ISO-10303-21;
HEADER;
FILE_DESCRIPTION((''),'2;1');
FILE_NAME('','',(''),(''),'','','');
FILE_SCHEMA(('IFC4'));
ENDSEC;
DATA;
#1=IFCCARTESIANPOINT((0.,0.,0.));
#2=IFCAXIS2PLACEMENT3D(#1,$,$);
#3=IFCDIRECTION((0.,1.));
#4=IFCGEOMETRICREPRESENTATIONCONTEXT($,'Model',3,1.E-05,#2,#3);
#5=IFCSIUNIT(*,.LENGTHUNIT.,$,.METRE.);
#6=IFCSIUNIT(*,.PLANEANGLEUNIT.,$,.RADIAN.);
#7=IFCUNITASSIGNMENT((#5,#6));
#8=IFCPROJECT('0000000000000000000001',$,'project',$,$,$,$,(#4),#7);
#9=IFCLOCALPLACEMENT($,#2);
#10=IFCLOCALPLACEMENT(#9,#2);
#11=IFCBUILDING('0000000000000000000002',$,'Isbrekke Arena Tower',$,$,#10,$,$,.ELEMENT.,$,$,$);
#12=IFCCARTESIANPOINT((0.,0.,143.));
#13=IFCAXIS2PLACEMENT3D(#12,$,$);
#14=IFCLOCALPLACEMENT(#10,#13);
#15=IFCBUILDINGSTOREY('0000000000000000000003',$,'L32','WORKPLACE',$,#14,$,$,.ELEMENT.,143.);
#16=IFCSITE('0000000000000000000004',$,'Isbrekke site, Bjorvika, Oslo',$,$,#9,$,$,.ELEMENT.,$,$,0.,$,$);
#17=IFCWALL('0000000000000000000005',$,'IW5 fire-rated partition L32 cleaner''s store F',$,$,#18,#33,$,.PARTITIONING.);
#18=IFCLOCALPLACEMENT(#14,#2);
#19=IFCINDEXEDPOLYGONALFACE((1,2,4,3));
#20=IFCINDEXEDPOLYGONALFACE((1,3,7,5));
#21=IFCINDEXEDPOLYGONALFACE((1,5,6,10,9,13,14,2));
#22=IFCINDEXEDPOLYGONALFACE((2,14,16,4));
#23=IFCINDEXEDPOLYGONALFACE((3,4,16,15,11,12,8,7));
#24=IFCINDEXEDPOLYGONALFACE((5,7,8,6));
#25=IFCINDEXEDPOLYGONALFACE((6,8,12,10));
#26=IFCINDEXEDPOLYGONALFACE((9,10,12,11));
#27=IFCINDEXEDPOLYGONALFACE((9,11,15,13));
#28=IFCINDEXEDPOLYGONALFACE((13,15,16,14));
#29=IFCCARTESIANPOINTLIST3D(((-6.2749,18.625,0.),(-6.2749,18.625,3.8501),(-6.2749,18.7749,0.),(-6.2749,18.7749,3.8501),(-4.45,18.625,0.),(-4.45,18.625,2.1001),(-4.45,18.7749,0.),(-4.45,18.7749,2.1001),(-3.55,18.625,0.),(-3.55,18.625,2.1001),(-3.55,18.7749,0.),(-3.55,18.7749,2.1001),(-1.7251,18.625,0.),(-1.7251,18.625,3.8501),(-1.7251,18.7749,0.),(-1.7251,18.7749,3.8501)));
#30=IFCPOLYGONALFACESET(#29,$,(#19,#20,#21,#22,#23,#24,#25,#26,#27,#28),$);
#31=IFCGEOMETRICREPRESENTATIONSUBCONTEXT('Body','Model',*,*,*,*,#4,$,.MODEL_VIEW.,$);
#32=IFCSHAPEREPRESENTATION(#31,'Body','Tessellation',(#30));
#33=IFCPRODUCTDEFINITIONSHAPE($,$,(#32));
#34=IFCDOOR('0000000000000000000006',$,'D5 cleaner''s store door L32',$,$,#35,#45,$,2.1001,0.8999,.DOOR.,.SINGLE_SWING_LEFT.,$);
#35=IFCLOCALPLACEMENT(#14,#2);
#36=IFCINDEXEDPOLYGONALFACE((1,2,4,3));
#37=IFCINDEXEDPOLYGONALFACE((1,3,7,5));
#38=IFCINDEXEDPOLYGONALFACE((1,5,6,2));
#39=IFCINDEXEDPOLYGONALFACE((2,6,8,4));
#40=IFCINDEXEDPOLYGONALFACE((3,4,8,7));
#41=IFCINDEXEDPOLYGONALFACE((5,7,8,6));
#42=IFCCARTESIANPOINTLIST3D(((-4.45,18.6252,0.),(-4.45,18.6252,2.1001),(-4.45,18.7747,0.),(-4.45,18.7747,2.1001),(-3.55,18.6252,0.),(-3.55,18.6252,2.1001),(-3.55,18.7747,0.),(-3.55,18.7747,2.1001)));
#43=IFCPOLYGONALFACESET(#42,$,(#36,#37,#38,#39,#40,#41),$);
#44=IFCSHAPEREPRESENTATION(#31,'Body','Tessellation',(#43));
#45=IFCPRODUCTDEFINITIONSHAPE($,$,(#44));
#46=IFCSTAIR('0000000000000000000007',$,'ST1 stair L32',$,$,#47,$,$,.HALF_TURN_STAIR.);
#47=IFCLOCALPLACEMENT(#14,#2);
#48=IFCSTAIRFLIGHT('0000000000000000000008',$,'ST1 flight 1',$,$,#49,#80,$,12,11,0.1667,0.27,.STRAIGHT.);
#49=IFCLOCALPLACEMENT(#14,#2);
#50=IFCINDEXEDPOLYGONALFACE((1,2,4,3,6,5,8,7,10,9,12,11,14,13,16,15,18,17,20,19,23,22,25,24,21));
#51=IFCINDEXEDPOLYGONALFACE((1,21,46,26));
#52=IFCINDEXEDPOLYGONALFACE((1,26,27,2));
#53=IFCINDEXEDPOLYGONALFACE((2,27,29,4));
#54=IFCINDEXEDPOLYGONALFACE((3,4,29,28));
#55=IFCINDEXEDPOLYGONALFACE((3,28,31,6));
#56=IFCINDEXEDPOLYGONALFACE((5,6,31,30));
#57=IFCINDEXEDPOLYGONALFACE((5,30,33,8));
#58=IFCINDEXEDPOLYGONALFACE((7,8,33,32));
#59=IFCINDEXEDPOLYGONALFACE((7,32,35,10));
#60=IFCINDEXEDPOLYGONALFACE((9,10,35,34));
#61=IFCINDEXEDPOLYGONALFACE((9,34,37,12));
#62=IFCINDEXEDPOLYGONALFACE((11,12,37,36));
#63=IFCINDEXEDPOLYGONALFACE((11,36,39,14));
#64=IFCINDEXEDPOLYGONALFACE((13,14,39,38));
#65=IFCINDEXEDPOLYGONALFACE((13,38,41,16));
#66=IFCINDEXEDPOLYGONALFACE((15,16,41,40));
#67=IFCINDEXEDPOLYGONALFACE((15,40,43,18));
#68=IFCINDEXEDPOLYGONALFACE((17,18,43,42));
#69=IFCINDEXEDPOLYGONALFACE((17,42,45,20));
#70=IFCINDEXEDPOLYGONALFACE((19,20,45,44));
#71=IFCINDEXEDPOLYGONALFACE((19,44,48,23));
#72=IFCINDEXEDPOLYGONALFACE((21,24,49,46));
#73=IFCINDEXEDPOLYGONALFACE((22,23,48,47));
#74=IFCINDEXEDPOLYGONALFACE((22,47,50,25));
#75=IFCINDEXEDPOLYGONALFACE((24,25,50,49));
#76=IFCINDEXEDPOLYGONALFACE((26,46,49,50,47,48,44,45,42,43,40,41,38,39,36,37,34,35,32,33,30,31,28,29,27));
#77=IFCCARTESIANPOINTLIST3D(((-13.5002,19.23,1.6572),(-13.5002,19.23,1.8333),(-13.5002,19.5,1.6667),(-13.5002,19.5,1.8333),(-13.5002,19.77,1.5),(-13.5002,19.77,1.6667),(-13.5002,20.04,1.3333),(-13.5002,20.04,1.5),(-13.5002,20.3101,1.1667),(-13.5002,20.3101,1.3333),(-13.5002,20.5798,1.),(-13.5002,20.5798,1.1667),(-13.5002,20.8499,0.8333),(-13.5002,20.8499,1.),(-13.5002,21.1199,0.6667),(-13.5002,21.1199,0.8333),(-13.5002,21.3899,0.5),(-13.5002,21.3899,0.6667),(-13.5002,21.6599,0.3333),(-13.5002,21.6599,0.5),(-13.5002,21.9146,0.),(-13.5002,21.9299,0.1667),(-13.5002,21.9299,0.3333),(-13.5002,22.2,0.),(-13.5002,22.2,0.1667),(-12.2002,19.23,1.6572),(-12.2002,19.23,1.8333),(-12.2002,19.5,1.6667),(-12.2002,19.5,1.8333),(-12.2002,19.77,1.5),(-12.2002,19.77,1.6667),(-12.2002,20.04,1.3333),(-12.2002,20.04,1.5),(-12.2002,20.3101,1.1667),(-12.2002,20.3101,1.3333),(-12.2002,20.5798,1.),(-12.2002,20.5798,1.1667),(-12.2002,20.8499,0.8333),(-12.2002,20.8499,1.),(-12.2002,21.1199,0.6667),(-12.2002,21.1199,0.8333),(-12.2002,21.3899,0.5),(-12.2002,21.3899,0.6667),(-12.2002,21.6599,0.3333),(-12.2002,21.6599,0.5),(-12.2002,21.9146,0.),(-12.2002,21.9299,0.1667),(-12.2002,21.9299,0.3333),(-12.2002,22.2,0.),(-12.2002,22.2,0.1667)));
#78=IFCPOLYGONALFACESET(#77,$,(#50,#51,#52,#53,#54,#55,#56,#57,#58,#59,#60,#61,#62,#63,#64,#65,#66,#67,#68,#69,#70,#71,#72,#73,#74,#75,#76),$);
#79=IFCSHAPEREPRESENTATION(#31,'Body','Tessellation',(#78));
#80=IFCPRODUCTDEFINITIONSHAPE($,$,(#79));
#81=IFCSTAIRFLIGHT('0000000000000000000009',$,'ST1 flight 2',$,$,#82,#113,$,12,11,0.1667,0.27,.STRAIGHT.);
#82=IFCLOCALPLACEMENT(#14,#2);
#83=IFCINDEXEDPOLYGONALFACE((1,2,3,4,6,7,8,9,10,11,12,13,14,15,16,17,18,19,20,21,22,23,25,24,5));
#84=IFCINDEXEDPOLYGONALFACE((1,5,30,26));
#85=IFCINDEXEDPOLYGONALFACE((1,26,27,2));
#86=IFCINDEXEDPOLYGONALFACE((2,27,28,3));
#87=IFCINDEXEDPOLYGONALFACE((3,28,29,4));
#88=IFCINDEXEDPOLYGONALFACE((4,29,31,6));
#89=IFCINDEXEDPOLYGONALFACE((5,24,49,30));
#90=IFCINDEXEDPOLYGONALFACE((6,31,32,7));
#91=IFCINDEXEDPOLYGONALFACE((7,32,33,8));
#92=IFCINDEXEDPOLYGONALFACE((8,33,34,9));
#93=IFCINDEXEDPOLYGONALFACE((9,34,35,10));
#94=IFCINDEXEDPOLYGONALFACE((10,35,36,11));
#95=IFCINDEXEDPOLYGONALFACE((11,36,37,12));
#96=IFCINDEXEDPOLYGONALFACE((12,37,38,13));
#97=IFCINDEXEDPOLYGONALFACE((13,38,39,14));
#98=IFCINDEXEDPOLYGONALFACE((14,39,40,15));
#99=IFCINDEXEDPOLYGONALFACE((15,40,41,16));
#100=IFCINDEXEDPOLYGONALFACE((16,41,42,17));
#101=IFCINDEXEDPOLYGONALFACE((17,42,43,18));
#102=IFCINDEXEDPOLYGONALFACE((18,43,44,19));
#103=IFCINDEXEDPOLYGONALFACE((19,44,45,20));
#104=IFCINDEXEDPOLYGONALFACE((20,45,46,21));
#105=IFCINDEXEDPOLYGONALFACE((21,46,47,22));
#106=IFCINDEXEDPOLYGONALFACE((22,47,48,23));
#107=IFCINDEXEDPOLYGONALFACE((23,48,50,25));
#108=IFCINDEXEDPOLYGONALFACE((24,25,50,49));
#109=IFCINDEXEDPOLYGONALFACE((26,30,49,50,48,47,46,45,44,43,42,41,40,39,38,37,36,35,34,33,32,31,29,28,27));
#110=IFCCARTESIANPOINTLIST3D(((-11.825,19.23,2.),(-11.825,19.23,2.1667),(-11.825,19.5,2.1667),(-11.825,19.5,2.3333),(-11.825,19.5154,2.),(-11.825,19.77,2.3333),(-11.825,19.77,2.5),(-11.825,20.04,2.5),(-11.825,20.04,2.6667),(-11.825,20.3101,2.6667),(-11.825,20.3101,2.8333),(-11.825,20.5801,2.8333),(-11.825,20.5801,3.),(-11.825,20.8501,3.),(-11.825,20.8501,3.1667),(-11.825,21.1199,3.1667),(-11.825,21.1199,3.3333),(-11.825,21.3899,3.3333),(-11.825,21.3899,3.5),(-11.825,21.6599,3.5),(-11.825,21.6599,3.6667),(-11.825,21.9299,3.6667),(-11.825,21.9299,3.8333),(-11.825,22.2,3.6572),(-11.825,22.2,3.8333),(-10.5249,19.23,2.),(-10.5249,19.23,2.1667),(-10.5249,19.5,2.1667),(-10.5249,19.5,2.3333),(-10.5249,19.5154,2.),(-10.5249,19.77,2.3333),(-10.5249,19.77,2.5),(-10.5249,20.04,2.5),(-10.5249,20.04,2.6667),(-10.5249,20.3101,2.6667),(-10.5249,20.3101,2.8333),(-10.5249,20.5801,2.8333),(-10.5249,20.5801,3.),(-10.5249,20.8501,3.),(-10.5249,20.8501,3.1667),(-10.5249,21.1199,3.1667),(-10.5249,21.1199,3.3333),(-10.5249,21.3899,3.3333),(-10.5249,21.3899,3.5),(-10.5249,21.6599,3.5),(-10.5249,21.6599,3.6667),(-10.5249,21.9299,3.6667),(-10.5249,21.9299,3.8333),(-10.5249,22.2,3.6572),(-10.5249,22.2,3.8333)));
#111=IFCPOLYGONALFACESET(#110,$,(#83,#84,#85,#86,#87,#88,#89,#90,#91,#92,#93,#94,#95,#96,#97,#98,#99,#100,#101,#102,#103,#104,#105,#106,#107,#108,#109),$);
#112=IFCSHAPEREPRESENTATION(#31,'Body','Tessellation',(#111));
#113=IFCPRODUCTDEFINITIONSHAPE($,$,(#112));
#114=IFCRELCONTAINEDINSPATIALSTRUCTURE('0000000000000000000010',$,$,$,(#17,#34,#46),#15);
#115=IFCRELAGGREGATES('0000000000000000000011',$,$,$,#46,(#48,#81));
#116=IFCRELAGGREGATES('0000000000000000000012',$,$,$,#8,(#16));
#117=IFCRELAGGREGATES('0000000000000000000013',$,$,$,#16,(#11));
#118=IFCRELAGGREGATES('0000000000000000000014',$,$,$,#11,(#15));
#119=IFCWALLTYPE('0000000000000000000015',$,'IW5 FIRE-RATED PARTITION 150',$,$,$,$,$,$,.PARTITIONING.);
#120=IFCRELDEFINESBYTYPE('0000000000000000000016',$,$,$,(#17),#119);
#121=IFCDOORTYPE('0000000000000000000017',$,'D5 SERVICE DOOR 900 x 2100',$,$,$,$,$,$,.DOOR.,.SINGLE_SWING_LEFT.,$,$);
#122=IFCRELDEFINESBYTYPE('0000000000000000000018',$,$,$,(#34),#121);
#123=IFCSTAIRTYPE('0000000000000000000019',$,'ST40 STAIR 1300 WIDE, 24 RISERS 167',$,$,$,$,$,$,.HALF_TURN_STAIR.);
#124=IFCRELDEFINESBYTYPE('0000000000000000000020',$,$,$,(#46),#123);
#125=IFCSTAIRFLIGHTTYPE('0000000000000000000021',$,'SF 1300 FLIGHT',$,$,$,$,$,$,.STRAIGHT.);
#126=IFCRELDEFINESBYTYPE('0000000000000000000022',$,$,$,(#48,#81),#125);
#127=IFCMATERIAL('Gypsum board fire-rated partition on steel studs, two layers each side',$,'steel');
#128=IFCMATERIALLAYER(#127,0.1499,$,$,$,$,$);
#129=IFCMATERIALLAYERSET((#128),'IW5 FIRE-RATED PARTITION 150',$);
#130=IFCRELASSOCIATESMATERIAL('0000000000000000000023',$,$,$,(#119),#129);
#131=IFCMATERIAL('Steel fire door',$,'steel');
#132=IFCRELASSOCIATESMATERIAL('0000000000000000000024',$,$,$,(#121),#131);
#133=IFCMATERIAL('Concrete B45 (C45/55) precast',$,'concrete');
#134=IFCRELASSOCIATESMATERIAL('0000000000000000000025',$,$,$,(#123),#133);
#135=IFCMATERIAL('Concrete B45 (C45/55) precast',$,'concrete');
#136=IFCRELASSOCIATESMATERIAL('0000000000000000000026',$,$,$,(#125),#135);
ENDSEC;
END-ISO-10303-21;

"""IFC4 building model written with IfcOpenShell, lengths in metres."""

from ifc_helpers import new_model, si_unit, direction, frame, frame_2d, origin, place, context, subcontext, project, spatial, polyline, rectangle, outline, extrude, material, layer, layer_set, type_object, element, fill, aggregate, save


model = new_model("IFC4")

# Units and contexts
model_context = context("Model", 3, precision=1e-05, world=origin(), true_north=direction((0.0, 1.0)))
body_context = subcontext(model_context, "Body", "Model", "MODEL_VIEW")
ifc_project = project(units=[si_unit("LENGTHUNIT", "METRE"), si_unit("PLANEANGLEUNIT", "RADIAN")], contexts=[model_context])

# Site, building, storey
site_placement = place(None, origin())
site = spatial("IfcSite", under=ifc_project, at=site_placement, Name="Isbrekke site, Bjorvika, Oslo", CompositionType="ELEMENT", RefElevation=0.0)
building_placement = place(site_placement, origin())
building = spatial("IfcBuilding", under=site, at=building_placement, Name="Isbrekke Arena Tower", CompositionType="ELEMENT")
storey_placement = place(building_placement, frame((0.0, 0.0, 143.0)))
storey = spatial("IfcBuildingStorey", under=building, at=storey_placement, Name="L32", Description="WORKPLACE", CompositionType="ELEMENT", Elevation=143.0)

# Wall, opening, door
ifc_material_1 = material(Name="Gypsum board fire-rated partition on steel studs, two layers each side", Category="steel")
ifc_layer_1 = layer(ifc_material_1, 0.1499)
ifc_layer_set_1 = layer_set([ifc_layer_1], Name="IW5 FIRE-RATED PARTITION 150")
wall_type_1 = type_object("IfcWallType", Name="IW5 FIRE-RATED PARTITION 150", PredefinedType="PARTITIONING", material=ifc_layer_set_1)
wall_1_placement = place(storey_placement, frame((-6.2749, 18.7, 0.0), z_axis=(0.0, 0.0, 1.0), x_axis=(1.0, 0.0, 0.0)))
wall_1 = element("IfcWall", 1, at=wall_1_placement, inside=storey, type_object=wall_type_1, Name="IW5 fire-rated partition L32 cleaner's store F", PredefinedType="PARTITIONING", context=body_context, shape_type="SweptSolid", body=[
    extrude(rectangle(XDim=4.5498, YDim=0.1499, at=frame_2d((2.2749, 0.0))), origin(), (0.0, 0.0, 1.0), 3.8501),
])
opening_1_placement = place(wall_1_placement, frame((1.825, 0.0, 0.0)))
opening_1 = element("IfcOpeningElement", 2, at=opening_1_placement, cuts=wall_1, PredefinedType="OPENING", context=body_context, shape_type="SweptSolid", body=[
    extrude(rectangle(XDim=0.8999, YDim=2.1001, at=frame_2d((0.45, 1.05))), frame((0.0, 0.0898, 0.0), z_axis=(0.0, -1.0, 0.0), x_axis=(1.0, 0.0, 0.0)), (0.0, 0.0, 1.0), 0.1797),
])
ifc_material_2 = material(Name="Steel fire door", Category="steel")
door_type_1 = type_object("IfcDoorType", Name="D5 SERVICE DOOR 900 x 2100", OperationType="SINGLE_SWING_LEFT", PredefinedType="DOOR", material=ifc_material_2)
door_1_placement = place(opening_1_placement, origin())
door_1 = element("IfcDoor", 3, at=door_1_placement, inside=storey, type_object=door_type_1, Name="D5 cleaner's store door L32", OperationType="SINGLE_SWING_LEFT", OverallHeight=2.1001, OverallWidth=0.8999, PredefinedType="DOOR", context=body_context, shape_type="SweptSolid", body=[
    extrude(rectangle(XDim=0.8999, YDim=2.1001, at=frame_2d((0.45, 1.05))), frame((0.0, 0.0747, 0.0), z_axis=(0.0, -1.0, 0.0), x_axis=(1.0, 0.0, 0.0)), (0.0, 0.0, 1.0), 0.1494),
])
fill(opening_1, door_1)

# Stair, stair flights
ifc_material_3 = material(Name="Concrete B45 (C45/55) precast", Category="concrete")
stair_type = type_object("IfcStairType", Name="ST40 STAIR 1300 WIDE, 24 RISERS 167", PredefinedType="HALF_TURN_STAIR", material=ifc_material_3)
stair_placement = place(storey_placement, origin())
stair = element("IfcStair", 4, at=stair_placement, inside=storey, type_object=stair_type, Name="ST1 stair L32", PredefinedType="HALF_TURN_STAIR")
ifc_material_4 = material(Name="Concrete B45 (C45/55) precast", Category="concrete")
stair_flight_type = type_object("IfcStairFlightType", Name="SF 1300 FLIGHT", PredefinedType="STRAIGHT", material=ifc_material_4)
stair_flight_1_placement = place(storey_placement, frame((-12.8501, 22.2, 0.0), z_axis=(0.0, 0.0, 1.0), x_axis=(0.0, -1.0, 0.0)))
stair_flight_1 = element("IfcStairFlight", 5, at=stair_flight_1_placement, type_object=stair_flight_type, Name="ST1 flight 1", NumberOfRisers=12, NumberOfTreads=11, PredefinedType="STRAIGHT", RiserHeight=0.1667, TreadLength=0.27, context=body_context, shape_type="SweptSolid", body=[
    extrude(outline(polyline([(0.0, 0.0), (0.0, 0.1667), (0.27, 0.1667), (0.27, 0.3333), (0.54, 0.3333), (0.54, 0.5), (0.8101, 0.5), (0.8101, 0.6667), (1.0801, 0.6667), (1.0801, 0.8333), (1.3501, 0.8333), (1.3501, 1.0), (1.6201, 1.0), (1.6201, 1.1667), (1.8899, 1.1667), (1.8899, 1.3333), (2.1599, 1.3333), (2.1599, 1.5), (2.4299, 1.5), (2.4299, 1.6667), (2.7, 1.6667), (2.7, 1.8333), (2.97, 1.8333), (2.97, 2.0), (2.97, 1.6572), (0.2854, 0.0), (0.0, 0.0)])), frame((0.0, 0.6499, 0.0), z_axis=(0.0, -1.0, 0.0), x_axis=(1.0, 0.0, 0.0)), (0.0, 0.0, 1.0), 1.3),
])
stair_flight_2_placement = place(storey_placement, frame((-11.175, 19.23, 2.0), z_axis=(0.0, 0.0, 1.0), x_axis=(0.0, 1.0, 0.0)))
stair_flight_2 = element("IfcStairFlight", 6, at=stair_flight_2_placement, type_object=stair_flight_type, Name="ST1 flight 2", NumberOfRisers=12, NumberOfTreads=11, PredefinedType="STRAIGHT", RiserHeight=0.1667, TreadLength=0.27, context=body_context, shape_type="SweptSolid", body=[
    extrude(outline(polyline([(0.0, 0.0), (0.0, 0.1667), (0.27, 0.1667), (0.27, 0.3333), (0.54, 0.3333), (0.54, 0.5), (0.8101, 0.5), (0.8101, 0.6667), (1.0801, 0.6667), (1.0801, 0.8333), (1.3501, 0.8333), (1.3501, 1.0), (1.6201, 1.0), (1.6201, 1.1667), (1.8899, 1.1667), (1.8899, 1.3333), (2.1599, 1.3333), (2.1599, 1.5), (2.4299, 1.5), (2.4299, 1.6667), (2.7, 1.6667), (2.7, 1.8333), (2.97, 1.8333), (2.97, 2.0), (2.97, 1.6572), (0.2854, 0.0), (0.0, 0.0)])), frame((0.0, 0.6499, 0.0), z_axis=(0.0, -1.0, 0.0), x_axis=(1.0, 0.0, 0.0)), (0.0, 0.0, 1.0), 1.3),
])
aggregate(stair, [stair_flight_1, stair_flight_2])

save(model, "model.ifc")
